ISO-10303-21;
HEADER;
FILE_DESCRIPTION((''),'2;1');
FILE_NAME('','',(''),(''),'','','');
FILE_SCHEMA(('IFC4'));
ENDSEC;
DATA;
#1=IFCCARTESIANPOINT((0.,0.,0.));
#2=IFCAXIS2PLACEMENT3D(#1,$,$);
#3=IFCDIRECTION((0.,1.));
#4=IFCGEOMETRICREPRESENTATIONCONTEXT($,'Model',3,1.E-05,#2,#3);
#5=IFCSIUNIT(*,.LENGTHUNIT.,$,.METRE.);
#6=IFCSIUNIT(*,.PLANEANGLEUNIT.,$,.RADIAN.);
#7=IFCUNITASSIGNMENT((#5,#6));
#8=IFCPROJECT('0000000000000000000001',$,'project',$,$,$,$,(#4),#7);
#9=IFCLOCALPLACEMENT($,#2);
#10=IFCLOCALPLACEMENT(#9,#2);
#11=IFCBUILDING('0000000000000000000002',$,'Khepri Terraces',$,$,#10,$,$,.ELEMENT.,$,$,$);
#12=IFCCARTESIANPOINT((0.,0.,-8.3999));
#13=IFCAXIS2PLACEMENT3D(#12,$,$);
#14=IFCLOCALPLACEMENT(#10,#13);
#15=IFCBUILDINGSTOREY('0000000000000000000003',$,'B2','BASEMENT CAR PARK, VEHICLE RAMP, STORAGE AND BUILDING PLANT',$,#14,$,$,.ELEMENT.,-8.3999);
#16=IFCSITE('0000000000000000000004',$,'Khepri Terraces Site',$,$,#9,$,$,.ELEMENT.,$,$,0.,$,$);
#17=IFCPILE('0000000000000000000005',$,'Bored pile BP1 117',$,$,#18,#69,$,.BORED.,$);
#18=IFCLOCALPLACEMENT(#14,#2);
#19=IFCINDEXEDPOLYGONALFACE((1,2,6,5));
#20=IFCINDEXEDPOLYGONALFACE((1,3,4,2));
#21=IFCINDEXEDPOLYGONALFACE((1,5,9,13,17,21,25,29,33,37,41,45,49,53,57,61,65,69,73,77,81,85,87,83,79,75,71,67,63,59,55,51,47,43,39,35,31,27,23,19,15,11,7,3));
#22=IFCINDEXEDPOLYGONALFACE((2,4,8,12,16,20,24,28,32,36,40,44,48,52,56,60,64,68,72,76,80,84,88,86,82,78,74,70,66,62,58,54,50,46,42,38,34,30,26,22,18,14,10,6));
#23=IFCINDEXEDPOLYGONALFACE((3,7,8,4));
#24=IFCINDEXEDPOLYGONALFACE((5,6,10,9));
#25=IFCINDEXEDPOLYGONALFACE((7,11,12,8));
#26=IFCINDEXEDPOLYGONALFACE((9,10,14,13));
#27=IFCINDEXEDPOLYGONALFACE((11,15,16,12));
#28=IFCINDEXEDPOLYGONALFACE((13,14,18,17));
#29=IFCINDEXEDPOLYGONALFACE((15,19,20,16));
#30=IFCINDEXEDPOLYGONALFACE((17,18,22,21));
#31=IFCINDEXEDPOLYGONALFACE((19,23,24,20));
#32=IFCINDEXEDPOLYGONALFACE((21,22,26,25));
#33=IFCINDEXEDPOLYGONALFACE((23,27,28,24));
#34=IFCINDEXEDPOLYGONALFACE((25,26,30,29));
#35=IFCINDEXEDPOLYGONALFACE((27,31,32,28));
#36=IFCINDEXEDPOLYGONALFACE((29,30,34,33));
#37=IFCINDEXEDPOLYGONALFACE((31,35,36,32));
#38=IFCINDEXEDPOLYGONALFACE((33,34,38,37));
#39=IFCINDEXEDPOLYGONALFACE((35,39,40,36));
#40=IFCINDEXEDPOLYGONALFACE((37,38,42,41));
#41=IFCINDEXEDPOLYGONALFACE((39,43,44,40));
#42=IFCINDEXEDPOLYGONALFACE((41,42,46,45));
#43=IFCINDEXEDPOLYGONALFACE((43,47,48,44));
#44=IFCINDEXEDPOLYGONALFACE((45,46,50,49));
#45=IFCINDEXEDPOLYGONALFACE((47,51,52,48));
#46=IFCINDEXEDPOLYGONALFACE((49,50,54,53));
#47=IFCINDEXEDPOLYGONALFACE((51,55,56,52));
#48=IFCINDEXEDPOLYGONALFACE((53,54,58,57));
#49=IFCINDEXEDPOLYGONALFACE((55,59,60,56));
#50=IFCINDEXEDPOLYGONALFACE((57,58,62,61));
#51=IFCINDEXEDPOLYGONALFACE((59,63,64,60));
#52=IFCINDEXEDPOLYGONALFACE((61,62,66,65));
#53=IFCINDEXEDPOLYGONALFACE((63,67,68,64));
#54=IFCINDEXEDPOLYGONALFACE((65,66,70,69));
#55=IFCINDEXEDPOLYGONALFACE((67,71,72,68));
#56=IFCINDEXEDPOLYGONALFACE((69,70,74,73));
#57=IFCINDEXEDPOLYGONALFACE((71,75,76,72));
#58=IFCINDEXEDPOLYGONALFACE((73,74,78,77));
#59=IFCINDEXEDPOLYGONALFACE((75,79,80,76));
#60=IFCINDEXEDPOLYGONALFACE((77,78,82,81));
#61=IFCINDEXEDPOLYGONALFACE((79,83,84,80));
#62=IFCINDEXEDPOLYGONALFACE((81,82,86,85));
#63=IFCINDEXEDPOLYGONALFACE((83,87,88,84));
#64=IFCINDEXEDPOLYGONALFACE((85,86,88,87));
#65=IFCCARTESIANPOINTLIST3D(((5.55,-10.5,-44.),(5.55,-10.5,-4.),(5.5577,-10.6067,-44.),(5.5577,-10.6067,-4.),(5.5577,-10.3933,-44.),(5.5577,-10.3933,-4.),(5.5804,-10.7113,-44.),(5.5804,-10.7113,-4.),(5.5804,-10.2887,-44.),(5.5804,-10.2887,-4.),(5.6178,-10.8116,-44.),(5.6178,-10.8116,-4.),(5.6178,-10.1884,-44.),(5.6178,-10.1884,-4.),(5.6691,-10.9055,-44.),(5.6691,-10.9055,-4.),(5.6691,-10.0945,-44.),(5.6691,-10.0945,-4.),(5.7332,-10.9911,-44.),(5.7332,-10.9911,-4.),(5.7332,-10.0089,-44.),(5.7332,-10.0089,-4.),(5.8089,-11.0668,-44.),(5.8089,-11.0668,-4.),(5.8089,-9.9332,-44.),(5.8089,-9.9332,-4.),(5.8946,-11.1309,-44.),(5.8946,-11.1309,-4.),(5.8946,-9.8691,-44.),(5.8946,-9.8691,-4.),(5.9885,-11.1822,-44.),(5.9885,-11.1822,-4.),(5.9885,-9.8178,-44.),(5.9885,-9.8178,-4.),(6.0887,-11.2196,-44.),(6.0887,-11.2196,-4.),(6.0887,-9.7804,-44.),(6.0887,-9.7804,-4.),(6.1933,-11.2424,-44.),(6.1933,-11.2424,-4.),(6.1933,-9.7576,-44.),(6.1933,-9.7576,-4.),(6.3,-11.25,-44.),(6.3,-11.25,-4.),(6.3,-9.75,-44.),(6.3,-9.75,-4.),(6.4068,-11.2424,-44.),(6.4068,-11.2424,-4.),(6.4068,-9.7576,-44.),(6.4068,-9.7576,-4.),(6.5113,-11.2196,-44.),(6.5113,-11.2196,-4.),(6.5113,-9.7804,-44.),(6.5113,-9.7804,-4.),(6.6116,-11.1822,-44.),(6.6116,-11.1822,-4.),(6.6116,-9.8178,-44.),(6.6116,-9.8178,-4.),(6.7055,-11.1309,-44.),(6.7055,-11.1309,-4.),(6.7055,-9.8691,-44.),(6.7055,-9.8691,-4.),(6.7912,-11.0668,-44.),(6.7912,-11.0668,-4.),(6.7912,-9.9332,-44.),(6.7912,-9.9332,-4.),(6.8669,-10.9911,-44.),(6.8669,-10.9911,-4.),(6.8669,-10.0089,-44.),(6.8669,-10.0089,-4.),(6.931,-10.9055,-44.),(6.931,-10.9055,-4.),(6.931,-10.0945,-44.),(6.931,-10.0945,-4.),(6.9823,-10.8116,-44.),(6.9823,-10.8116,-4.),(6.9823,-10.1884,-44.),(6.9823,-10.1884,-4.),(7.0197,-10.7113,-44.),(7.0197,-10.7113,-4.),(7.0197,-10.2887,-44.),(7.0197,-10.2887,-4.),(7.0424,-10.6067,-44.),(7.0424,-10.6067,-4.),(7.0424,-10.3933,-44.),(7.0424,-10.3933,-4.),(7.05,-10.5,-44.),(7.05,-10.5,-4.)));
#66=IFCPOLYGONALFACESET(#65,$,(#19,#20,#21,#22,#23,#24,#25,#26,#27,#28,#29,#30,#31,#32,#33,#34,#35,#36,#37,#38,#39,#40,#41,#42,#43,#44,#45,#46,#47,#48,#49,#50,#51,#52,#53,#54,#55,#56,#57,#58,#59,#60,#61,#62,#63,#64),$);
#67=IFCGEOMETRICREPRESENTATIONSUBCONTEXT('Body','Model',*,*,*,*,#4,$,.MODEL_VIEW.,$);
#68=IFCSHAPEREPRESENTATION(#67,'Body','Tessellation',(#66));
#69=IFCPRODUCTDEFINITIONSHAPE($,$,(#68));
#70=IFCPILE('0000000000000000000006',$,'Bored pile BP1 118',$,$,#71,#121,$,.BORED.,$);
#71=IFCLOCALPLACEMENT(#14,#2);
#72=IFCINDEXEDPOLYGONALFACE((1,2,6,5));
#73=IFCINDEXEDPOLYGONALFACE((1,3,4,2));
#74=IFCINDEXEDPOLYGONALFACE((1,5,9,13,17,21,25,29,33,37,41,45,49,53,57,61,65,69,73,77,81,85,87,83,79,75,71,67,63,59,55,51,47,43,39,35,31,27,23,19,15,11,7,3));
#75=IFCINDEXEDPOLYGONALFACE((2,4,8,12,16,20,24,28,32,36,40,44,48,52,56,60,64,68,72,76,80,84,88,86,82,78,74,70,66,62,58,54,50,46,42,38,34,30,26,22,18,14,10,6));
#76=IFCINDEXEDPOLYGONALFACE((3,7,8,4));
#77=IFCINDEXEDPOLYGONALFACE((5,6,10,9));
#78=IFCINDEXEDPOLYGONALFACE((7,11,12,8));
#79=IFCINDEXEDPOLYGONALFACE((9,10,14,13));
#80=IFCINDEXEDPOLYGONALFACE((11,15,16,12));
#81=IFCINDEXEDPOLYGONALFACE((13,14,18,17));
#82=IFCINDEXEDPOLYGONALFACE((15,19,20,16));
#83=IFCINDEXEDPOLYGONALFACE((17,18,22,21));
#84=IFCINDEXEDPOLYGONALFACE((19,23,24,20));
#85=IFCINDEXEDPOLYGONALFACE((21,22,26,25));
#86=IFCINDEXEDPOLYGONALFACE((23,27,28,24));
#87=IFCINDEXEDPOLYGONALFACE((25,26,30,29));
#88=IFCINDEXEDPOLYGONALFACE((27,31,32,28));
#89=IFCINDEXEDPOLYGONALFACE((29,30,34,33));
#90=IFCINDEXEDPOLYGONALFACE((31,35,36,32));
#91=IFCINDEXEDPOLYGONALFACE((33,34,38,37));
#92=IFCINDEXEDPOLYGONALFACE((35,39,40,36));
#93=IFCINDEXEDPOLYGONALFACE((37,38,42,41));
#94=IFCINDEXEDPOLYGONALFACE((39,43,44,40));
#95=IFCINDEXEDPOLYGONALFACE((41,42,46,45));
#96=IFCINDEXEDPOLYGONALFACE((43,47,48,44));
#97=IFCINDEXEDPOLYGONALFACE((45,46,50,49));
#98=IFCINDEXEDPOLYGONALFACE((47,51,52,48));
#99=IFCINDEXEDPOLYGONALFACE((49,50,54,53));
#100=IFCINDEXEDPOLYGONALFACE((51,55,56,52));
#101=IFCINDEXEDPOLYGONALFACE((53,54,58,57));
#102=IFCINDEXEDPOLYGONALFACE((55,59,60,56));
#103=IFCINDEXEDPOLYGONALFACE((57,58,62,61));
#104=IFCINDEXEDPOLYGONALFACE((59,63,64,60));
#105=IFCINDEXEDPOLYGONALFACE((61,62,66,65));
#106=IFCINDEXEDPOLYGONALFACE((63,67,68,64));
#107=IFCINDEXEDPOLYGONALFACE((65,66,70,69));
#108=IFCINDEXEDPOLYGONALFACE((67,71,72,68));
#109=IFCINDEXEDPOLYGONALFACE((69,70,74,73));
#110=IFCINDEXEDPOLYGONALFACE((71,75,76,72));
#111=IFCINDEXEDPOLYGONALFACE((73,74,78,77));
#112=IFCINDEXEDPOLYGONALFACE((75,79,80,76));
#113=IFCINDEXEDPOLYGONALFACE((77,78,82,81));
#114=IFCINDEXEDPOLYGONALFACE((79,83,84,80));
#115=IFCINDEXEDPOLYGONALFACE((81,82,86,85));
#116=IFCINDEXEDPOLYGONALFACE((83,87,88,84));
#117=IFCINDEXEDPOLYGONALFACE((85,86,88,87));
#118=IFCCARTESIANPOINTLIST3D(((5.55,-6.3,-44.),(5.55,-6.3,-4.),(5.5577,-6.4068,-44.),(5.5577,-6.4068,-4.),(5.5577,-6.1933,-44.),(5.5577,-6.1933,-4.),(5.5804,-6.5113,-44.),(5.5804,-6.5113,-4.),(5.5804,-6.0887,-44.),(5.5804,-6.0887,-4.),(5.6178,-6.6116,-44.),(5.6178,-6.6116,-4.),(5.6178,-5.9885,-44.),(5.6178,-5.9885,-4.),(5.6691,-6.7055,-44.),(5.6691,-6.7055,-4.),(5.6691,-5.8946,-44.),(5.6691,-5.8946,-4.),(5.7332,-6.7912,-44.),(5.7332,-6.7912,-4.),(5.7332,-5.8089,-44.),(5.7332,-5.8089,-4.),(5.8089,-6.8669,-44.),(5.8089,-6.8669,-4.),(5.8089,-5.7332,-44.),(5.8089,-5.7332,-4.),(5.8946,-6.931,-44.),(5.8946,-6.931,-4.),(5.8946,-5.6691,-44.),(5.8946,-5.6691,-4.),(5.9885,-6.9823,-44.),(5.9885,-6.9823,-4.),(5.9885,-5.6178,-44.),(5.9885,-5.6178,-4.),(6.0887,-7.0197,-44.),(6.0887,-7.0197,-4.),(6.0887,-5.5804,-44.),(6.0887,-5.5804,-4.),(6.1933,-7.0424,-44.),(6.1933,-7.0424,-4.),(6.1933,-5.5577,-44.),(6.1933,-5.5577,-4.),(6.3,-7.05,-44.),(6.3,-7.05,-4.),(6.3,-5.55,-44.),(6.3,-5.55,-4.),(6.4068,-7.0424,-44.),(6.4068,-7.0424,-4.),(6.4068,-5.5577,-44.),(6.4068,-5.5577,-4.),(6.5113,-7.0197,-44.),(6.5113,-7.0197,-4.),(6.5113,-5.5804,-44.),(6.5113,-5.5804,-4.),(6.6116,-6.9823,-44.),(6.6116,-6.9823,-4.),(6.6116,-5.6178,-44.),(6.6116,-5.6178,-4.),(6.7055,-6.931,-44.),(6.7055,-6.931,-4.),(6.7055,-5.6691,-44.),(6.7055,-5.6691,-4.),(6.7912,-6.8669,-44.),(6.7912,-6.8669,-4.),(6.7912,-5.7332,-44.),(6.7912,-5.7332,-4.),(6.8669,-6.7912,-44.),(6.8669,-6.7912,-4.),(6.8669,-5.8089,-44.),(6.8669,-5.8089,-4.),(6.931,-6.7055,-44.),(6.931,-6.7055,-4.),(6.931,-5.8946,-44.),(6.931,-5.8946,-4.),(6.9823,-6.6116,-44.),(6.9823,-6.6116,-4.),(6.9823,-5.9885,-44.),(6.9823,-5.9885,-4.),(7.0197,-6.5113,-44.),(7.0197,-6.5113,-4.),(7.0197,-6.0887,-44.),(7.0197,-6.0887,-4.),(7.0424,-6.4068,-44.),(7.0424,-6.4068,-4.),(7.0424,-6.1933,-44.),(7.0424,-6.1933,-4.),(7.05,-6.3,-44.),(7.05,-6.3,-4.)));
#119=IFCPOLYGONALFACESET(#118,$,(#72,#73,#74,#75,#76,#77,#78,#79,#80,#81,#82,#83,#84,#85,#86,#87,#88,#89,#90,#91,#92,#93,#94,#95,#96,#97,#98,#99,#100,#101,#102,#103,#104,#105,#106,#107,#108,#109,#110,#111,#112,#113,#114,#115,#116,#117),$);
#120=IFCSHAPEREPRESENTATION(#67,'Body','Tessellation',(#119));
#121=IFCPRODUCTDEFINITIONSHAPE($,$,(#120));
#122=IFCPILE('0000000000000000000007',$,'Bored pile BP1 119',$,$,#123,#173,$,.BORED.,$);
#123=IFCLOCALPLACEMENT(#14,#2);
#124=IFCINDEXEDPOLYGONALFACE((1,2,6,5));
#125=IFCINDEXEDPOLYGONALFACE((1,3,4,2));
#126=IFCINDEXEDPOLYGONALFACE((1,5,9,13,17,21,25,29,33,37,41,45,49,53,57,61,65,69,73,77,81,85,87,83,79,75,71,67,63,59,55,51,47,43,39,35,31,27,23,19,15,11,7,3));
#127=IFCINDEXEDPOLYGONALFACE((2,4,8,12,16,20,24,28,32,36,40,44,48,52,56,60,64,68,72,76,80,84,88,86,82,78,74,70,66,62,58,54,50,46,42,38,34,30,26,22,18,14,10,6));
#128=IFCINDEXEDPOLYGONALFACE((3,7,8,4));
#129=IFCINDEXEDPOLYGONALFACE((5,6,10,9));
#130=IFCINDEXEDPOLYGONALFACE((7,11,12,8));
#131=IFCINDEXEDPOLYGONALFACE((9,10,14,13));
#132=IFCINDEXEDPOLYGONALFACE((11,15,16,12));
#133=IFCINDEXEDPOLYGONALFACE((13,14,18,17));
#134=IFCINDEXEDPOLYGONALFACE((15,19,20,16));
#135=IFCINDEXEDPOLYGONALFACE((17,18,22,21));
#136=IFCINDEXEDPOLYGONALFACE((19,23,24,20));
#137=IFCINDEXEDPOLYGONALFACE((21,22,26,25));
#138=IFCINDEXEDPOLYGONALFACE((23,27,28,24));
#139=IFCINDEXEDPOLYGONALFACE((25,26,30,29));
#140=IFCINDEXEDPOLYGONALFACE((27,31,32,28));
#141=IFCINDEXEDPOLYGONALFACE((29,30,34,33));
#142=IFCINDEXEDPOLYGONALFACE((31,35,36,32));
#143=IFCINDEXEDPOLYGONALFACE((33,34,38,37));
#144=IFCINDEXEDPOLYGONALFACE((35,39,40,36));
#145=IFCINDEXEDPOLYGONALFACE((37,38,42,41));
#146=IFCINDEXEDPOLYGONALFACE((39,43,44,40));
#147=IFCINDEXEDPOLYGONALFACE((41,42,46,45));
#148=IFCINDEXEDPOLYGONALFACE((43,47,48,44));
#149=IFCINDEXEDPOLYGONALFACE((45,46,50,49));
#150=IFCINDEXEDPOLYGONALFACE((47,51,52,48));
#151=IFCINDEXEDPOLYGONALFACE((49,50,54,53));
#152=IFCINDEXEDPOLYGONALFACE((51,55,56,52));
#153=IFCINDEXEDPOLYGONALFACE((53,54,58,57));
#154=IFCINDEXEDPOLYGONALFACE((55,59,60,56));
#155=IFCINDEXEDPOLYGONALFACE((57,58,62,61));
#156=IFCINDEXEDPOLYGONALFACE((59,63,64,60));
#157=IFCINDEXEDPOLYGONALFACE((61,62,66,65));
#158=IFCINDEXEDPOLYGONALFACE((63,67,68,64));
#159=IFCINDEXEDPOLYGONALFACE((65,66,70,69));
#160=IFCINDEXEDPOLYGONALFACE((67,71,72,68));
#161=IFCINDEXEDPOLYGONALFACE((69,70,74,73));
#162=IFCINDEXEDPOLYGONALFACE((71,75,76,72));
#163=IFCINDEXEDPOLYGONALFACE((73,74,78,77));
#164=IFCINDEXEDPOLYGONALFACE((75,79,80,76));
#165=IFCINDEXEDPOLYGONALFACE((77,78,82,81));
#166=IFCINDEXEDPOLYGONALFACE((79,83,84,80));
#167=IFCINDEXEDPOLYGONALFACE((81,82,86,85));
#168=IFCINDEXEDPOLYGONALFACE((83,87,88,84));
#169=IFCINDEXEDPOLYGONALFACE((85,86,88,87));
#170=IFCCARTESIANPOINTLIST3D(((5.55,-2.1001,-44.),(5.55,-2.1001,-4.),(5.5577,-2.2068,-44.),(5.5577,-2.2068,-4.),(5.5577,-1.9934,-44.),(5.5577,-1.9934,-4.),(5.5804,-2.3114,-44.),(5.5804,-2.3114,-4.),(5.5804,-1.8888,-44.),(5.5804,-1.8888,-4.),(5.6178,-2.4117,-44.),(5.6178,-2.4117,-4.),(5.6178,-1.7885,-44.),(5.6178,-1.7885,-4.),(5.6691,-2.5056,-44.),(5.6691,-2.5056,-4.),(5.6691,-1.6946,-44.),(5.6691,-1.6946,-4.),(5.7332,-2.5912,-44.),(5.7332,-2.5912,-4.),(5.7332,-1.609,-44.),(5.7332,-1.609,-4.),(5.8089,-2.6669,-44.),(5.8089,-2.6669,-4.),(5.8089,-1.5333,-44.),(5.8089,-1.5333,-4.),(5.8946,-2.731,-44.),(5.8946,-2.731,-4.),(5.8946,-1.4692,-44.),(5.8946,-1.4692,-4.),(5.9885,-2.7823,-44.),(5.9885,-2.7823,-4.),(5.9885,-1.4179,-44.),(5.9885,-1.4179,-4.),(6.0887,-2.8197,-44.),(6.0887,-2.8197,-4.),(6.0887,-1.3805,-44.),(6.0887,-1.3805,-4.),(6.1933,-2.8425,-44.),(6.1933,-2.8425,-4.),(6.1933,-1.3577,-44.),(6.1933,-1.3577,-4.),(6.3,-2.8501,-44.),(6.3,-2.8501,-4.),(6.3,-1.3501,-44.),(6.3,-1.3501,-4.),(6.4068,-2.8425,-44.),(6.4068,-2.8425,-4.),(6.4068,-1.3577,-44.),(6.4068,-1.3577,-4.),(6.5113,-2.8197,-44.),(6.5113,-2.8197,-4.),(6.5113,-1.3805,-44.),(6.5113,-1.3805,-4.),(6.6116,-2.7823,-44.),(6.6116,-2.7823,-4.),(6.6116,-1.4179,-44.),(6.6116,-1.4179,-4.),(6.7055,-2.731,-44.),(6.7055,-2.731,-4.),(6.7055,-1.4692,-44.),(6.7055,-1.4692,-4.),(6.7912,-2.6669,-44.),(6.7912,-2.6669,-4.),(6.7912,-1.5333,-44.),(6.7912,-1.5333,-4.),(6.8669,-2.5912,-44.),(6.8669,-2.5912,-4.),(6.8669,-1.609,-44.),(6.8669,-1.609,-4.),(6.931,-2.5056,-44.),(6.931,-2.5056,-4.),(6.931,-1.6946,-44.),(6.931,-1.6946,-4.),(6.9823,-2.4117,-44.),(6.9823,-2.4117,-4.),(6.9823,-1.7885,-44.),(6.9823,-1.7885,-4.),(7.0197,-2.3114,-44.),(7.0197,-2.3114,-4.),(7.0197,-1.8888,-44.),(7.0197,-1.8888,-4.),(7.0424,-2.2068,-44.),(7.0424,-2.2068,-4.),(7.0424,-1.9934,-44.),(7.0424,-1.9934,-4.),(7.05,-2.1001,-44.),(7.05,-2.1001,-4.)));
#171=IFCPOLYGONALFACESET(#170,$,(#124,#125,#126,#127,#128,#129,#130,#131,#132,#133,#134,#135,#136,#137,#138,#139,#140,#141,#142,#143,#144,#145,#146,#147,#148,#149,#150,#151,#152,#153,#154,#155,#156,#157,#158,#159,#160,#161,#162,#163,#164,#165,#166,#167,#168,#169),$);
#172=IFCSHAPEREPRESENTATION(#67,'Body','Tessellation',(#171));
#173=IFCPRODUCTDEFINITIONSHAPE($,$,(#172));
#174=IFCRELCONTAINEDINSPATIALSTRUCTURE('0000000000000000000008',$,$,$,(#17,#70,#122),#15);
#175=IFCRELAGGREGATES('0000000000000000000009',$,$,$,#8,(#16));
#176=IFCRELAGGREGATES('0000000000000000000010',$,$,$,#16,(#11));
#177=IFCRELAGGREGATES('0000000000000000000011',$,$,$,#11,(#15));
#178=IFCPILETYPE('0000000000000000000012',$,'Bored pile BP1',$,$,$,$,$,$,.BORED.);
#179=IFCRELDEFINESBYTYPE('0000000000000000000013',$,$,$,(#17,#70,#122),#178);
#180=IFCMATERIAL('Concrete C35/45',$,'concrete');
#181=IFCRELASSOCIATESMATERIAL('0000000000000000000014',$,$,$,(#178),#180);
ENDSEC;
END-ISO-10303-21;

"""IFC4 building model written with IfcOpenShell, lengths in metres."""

from ifc_helpers import new_model, si_unit, direction, frame, origin, origin_2d, place, context, subcontext, project, spatial, circle, extrude, material, material_profile, profile_set, type_object, element, save


model = new_model("IFC4")

# Units and contexts
model_context = context("Model", 3, precision=1e-05, world=origin(), true_north=direction((0.0, 1.0)))
body_context = subcontext(model_context, "Body", "Model", "MODEL_VIEW")
ifc_project = project(units=[si_unit("LENGTHUNIT", "METRE"), si_unit("PLANEANGLEUNIT", "RADIAN")], contexts=[model_context])

# Site, building, storey
site_placement = place(None, origin())
site = spatial("IfcSite", under=ifc_project, at=site_placement, Name="Khepri Terraces Site", CompositionType="ELEMENT", RefElevation=0.0)
building_placement = place(site_placement, origin())
building = spatial("IfcBuilding", under=site, at=building_placement, Name="Khepri Terraces", CompositionType="ELEMENT")
storey_placement = place(building_placement, frame((0.0, 0.0, -8.3999)))
storey = spatial("IfcBuildingStorey", under=building, at=storey_placement, Name="B2", Description="BASEMENT CAR PARK, VEHICLE RAMP, STORAGE AND BUILDING PLANT", CompositionType="ELEMENT", Elevation=-8.3999)

# Piles
ifc_material_1 = material(Name="Concrete C35/45", Category="concrete")
ifc_material_profile = material_profile(ifc_material_1, circle(Radius=0.75, at=origin_2d()), Name="Concrete C35/45", Category="concrete")
ifc_profile_set = profile_set([ifc_material_profile], Name="Concrete C35/45")
pile_type = type_object("IfcPileType", Name="Bored pile BP1", PredefinedType="BORED", material=ifc_profile_set)
for number, where, z_axis, x_axis, name in (
    (1, (6.3, -10.5, -4.0), (0.0, 0.0, -1.0), (1.0, 0.0, 0.0), "Bored pile BP1 117"),
    (2, (6.3, -6.3, -4.0), (0.0, 0.0, -1.0), (1.0, 0.0, 0.0), "Bored pile BP1 118"),
    (3, (6.3, -2.1001, -4.0), (0.0, 0.0, -1.0), (1.0, 0.0, 0.0), "Bored pile BP1 119"),
):
    element("IfcPile", number, at=place(storey_placement, frame(where, z_axis=z_axis, x_axis=x_axis)), inside=storey, type_object=pile_type, Name=name, PredefinedType="BORED", context=body_context, shape_type="SweptSolid", body=[
        extrude(circle(Radius=0.75, at=origin_2d()), origin(), (0.0, 0.0, 1.0), 40.0),
    ])

save(model, "model.ifc")
